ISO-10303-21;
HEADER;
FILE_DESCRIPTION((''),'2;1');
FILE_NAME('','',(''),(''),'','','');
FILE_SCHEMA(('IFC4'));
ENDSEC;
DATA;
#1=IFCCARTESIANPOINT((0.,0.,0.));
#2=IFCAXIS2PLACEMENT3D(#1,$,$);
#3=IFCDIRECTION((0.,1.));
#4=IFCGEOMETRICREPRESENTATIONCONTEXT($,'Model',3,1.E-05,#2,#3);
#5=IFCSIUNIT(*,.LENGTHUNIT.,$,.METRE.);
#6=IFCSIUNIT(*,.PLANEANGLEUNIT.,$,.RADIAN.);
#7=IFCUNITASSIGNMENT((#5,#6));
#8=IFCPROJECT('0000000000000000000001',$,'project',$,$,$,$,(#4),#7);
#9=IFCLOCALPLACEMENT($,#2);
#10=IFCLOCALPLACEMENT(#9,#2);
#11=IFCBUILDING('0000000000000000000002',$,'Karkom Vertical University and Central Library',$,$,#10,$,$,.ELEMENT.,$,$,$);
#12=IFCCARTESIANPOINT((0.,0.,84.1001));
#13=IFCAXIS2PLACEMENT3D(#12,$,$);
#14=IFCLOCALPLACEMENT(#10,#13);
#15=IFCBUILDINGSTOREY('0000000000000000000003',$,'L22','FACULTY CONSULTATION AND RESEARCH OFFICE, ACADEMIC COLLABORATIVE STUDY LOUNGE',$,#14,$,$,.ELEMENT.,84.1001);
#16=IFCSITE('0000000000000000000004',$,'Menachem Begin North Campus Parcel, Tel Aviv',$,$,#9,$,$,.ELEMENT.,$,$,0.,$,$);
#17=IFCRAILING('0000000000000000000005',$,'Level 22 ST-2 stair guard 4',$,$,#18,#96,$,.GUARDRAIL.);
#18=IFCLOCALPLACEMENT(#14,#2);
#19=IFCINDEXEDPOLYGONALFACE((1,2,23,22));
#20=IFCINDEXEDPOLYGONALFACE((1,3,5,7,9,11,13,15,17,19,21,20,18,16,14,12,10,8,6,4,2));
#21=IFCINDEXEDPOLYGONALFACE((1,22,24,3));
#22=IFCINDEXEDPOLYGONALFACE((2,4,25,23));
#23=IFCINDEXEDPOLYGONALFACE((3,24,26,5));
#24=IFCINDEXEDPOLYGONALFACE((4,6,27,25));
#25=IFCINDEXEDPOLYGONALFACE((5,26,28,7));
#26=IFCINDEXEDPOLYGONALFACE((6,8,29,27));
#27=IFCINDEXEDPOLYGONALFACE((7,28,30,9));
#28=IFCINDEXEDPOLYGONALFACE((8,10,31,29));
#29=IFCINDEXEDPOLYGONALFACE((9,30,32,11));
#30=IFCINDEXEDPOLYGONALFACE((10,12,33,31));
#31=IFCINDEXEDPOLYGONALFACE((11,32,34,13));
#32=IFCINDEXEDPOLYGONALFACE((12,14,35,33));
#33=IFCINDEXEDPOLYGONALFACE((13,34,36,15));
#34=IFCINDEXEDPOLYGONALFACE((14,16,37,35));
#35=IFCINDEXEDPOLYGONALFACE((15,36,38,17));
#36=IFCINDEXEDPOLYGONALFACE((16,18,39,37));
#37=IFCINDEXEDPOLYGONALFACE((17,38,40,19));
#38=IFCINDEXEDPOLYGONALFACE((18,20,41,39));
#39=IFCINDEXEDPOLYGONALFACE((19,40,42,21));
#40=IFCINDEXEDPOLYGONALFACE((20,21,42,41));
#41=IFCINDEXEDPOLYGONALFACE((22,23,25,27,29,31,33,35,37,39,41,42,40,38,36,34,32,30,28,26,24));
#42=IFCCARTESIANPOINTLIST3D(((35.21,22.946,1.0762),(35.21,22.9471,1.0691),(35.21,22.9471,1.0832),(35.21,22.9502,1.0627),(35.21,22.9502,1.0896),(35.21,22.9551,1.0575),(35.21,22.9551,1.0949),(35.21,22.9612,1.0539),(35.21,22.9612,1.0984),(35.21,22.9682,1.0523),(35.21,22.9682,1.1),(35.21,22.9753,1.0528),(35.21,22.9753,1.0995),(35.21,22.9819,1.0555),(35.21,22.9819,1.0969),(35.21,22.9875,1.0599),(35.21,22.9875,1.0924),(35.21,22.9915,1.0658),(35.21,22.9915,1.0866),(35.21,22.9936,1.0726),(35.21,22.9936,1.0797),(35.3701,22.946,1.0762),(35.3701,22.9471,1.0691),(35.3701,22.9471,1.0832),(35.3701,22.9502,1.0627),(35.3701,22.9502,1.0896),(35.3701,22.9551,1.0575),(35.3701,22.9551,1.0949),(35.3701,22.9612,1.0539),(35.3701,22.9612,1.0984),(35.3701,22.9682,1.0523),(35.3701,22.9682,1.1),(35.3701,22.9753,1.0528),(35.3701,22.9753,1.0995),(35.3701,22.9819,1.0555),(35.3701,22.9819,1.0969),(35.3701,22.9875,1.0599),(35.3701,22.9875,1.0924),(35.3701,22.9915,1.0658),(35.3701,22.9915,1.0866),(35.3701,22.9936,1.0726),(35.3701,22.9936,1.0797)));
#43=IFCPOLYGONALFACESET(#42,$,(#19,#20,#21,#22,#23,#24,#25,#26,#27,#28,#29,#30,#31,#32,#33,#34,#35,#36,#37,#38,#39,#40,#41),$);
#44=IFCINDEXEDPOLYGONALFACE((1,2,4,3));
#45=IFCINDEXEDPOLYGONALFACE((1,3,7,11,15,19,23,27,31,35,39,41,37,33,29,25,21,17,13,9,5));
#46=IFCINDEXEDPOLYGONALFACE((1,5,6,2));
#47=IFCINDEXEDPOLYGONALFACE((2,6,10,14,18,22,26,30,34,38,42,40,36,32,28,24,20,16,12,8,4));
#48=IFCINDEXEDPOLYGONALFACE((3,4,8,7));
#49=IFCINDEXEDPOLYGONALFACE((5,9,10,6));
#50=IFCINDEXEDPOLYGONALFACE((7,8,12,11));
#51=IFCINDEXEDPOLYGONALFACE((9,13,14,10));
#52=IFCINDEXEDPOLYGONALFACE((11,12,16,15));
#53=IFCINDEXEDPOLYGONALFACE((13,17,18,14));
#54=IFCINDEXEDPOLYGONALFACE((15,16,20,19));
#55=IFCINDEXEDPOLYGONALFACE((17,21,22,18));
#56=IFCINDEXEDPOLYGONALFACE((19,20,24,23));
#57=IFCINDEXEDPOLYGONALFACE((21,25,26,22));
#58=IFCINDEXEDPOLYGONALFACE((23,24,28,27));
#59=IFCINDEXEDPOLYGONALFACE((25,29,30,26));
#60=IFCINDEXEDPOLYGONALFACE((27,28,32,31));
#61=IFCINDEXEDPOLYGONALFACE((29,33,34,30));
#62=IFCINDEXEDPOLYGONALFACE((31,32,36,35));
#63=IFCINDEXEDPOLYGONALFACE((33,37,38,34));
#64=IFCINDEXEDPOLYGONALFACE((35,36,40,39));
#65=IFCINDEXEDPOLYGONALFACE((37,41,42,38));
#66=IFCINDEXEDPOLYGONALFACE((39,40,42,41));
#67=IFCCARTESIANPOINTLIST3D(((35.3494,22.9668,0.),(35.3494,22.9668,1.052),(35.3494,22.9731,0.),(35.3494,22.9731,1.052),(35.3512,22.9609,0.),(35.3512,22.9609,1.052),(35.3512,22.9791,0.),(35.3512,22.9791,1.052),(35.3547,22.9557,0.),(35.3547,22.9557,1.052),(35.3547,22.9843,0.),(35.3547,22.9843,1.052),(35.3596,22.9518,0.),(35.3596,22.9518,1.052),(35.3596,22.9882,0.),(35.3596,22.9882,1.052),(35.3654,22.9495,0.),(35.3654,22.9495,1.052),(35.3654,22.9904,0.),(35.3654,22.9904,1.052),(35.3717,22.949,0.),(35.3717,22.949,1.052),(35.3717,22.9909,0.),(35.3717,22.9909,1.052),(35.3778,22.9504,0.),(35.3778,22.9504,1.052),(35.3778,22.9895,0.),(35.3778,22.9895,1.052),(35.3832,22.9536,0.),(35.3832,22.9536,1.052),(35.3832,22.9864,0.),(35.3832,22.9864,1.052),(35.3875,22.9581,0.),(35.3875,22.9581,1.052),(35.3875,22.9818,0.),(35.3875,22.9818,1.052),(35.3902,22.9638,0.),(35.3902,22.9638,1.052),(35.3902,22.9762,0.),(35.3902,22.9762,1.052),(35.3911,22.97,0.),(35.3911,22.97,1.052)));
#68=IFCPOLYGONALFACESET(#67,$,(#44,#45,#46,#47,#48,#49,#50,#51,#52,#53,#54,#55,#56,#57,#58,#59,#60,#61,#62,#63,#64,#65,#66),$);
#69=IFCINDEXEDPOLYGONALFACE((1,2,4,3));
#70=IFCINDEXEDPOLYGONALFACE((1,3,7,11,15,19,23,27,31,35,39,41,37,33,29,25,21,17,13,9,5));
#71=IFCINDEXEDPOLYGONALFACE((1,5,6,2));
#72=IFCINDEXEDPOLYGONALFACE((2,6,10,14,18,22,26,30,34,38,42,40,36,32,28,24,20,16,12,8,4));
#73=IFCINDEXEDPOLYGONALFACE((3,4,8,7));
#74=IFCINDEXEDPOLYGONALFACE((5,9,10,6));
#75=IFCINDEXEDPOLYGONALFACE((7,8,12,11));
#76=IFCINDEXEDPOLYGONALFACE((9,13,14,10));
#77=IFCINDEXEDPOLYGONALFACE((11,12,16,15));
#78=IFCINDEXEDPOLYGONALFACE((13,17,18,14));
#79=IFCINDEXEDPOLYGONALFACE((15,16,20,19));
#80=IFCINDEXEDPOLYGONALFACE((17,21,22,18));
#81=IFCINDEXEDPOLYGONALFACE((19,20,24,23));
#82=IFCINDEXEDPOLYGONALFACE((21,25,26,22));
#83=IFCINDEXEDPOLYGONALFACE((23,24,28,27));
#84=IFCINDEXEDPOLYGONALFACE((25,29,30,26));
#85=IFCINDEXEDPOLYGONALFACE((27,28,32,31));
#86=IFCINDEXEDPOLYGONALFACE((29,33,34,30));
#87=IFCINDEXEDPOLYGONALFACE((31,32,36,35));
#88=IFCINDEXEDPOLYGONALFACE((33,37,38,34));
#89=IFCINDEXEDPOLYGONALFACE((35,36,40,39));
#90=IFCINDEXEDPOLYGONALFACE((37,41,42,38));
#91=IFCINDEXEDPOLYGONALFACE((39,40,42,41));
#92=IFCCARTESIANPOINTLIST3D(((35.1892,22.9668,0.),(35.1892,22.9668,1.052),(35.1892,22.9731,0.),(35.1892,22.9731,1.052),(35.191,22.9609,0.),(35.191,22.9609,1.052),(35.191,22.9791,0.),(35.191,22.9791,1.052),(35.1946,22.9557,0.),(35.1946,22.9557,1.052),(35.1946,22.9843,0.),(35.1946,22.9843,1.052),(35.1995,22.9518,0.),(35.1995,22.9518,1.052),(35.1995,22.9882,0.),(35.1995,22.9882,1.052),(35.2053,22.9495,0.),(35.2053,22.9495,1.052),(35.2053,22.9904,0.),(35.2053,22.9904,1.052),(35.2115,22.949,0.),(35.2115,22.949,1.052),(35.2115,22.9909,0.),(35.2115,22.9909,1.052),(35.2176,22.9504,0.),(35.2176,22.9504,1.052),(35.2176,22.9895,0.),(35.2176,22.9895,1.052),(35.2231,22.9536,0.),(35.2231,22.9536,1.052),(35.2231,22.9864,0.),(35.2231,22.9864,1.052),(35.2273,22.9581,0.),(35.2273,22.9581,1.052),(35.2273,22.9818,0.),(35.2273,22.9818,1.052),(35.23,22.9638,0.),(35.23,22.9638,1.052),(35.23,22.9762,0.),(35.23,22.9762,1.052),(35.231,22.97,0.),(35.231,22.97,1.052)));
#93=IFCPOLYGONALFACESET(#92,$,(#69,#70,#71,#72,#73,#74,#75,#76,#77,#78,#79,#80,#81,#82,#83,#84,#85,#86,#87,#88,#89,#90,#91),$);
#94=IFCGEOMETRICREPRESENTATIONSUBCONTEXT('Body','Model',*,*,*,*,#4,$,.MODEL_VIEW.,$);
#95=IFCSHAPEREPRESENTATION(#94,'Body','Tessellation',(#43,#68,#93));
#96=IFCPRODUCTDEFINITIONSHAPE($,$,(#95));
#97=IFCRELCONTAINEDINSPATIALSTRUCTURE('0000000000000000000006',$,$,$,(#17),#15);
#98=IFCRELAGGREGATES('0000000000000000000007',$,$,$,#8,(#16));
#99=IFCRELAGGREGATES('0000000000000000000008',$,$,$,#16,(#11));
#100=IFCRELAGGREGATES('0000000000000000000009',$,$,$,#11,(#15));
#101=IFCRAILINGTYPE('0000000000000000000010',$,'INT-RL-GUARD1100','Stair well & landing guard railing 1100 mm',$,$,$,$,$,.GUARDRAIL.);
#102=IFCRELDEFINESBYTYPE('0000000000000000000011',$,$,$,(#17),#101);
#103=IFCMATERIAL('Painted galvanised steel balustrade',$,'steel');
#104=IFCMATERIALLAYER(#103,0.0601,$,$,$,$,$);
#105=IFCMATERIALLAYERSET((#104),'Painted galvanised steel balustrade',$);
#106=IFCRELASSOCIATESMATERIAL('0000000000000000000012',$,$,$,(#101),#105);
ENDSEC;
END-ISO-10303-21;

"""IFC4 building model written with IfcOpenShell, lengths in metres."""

from ifc_helpers import new_model, si_unit, direction, frame, origin, origin_2d, place, context, subcontext, project, spatial, circle, extrude, material, layer, layer_set, type_object, element, save


model = new_model("IFC4")

# Units and contexts
model_context = context("Model", 3, precision=1e-05, world=origin(), true_north=direction((0.0, 1.0)))
body_context = subcontext(model_context, "Body", "Model", "MODEL_VIEW")
ifc_project = project(units=[si_unit("LENGTHUNIT", "METRE"), si_unit("PLANEANGLEUNIT", "RADIAN")], contexts=[model_context])

# Site, building, storey
site_placement = place(None, origin())
site = spatial("IfcSite", under=ifc_project, at=site_placement, Name="Menachem Begin North Campus Parcel, Tel Aviv", CompositionType="ELEMENT", RefElevation=0.0)
building_placement = place(site_placement, origin())
building = spatial("IfcBuilding", under=site, at=building_placement, Name="Karkom Vertical University and Central Library", CompositionType="ELEMENT")
storey_placement = place(building_placement, frame((0.0, 0.0, 84.1001)))
storey = spatial("IfcBuildingStorey", under=building, at=storey_placement, Name="L22", Description="FACULTY CONSULTATION AND RESEARCH OFFICE, ACADEMIC COLLABORATIVE STUDY LOUNGE", CompositionType="ELEMENT", Elevation=84.1001)

# Railing
ifc_material_1 = material(Name="Painted galvanised steel balustrade", Category="steel")
ifc_layer_1 = layer(ifc_material_1, 0.0601)
ifc_layer_set_1 = layer_set([ifc_layer_1], Name="Painted galvanised steel balustrade")
railing_type_1 = type_object("IfcRailingType", Name="INT-RL-GUARD1100", Description="Stair well & landing guard railing 1100 mm", PredefinedType="GUARDRAIL", material=ifc_layer_set_1)
railing_1_placement = place(storey_placement, frame((35.3701, 22.97, 0.0)))
element("IfcRailing", 1, at=railing_1_placement, inside=storey, type_object=railing_type_1, Name="Level 22 ST-2 stair guard 4", PredefinedType="GUARDRAIL", context=body_context, shape_type="SweptSolid", body=[
    extrude(circle(Radius=0.0239, at=origin_2d()), frame((0.0, 0.0, 1.0762), z_axis=(-1.0, 0.0, 0.0), x_axis=(0.0, -1.0, 0.0)), (0.0, 0.0, 1.0), 0.1602),
    extrude(circle(Radius=0.021, at=origin_2d()), origin(), (0.0, 0.0, 1.0), 1.052),
    extrude(circle(Radius=0.021, at=origin_2d()), frame((-0.1602, 0.0, 0.0)), (0.0, 0.0, 1.0), 1.052),
])

save(model, "model.ifc")
